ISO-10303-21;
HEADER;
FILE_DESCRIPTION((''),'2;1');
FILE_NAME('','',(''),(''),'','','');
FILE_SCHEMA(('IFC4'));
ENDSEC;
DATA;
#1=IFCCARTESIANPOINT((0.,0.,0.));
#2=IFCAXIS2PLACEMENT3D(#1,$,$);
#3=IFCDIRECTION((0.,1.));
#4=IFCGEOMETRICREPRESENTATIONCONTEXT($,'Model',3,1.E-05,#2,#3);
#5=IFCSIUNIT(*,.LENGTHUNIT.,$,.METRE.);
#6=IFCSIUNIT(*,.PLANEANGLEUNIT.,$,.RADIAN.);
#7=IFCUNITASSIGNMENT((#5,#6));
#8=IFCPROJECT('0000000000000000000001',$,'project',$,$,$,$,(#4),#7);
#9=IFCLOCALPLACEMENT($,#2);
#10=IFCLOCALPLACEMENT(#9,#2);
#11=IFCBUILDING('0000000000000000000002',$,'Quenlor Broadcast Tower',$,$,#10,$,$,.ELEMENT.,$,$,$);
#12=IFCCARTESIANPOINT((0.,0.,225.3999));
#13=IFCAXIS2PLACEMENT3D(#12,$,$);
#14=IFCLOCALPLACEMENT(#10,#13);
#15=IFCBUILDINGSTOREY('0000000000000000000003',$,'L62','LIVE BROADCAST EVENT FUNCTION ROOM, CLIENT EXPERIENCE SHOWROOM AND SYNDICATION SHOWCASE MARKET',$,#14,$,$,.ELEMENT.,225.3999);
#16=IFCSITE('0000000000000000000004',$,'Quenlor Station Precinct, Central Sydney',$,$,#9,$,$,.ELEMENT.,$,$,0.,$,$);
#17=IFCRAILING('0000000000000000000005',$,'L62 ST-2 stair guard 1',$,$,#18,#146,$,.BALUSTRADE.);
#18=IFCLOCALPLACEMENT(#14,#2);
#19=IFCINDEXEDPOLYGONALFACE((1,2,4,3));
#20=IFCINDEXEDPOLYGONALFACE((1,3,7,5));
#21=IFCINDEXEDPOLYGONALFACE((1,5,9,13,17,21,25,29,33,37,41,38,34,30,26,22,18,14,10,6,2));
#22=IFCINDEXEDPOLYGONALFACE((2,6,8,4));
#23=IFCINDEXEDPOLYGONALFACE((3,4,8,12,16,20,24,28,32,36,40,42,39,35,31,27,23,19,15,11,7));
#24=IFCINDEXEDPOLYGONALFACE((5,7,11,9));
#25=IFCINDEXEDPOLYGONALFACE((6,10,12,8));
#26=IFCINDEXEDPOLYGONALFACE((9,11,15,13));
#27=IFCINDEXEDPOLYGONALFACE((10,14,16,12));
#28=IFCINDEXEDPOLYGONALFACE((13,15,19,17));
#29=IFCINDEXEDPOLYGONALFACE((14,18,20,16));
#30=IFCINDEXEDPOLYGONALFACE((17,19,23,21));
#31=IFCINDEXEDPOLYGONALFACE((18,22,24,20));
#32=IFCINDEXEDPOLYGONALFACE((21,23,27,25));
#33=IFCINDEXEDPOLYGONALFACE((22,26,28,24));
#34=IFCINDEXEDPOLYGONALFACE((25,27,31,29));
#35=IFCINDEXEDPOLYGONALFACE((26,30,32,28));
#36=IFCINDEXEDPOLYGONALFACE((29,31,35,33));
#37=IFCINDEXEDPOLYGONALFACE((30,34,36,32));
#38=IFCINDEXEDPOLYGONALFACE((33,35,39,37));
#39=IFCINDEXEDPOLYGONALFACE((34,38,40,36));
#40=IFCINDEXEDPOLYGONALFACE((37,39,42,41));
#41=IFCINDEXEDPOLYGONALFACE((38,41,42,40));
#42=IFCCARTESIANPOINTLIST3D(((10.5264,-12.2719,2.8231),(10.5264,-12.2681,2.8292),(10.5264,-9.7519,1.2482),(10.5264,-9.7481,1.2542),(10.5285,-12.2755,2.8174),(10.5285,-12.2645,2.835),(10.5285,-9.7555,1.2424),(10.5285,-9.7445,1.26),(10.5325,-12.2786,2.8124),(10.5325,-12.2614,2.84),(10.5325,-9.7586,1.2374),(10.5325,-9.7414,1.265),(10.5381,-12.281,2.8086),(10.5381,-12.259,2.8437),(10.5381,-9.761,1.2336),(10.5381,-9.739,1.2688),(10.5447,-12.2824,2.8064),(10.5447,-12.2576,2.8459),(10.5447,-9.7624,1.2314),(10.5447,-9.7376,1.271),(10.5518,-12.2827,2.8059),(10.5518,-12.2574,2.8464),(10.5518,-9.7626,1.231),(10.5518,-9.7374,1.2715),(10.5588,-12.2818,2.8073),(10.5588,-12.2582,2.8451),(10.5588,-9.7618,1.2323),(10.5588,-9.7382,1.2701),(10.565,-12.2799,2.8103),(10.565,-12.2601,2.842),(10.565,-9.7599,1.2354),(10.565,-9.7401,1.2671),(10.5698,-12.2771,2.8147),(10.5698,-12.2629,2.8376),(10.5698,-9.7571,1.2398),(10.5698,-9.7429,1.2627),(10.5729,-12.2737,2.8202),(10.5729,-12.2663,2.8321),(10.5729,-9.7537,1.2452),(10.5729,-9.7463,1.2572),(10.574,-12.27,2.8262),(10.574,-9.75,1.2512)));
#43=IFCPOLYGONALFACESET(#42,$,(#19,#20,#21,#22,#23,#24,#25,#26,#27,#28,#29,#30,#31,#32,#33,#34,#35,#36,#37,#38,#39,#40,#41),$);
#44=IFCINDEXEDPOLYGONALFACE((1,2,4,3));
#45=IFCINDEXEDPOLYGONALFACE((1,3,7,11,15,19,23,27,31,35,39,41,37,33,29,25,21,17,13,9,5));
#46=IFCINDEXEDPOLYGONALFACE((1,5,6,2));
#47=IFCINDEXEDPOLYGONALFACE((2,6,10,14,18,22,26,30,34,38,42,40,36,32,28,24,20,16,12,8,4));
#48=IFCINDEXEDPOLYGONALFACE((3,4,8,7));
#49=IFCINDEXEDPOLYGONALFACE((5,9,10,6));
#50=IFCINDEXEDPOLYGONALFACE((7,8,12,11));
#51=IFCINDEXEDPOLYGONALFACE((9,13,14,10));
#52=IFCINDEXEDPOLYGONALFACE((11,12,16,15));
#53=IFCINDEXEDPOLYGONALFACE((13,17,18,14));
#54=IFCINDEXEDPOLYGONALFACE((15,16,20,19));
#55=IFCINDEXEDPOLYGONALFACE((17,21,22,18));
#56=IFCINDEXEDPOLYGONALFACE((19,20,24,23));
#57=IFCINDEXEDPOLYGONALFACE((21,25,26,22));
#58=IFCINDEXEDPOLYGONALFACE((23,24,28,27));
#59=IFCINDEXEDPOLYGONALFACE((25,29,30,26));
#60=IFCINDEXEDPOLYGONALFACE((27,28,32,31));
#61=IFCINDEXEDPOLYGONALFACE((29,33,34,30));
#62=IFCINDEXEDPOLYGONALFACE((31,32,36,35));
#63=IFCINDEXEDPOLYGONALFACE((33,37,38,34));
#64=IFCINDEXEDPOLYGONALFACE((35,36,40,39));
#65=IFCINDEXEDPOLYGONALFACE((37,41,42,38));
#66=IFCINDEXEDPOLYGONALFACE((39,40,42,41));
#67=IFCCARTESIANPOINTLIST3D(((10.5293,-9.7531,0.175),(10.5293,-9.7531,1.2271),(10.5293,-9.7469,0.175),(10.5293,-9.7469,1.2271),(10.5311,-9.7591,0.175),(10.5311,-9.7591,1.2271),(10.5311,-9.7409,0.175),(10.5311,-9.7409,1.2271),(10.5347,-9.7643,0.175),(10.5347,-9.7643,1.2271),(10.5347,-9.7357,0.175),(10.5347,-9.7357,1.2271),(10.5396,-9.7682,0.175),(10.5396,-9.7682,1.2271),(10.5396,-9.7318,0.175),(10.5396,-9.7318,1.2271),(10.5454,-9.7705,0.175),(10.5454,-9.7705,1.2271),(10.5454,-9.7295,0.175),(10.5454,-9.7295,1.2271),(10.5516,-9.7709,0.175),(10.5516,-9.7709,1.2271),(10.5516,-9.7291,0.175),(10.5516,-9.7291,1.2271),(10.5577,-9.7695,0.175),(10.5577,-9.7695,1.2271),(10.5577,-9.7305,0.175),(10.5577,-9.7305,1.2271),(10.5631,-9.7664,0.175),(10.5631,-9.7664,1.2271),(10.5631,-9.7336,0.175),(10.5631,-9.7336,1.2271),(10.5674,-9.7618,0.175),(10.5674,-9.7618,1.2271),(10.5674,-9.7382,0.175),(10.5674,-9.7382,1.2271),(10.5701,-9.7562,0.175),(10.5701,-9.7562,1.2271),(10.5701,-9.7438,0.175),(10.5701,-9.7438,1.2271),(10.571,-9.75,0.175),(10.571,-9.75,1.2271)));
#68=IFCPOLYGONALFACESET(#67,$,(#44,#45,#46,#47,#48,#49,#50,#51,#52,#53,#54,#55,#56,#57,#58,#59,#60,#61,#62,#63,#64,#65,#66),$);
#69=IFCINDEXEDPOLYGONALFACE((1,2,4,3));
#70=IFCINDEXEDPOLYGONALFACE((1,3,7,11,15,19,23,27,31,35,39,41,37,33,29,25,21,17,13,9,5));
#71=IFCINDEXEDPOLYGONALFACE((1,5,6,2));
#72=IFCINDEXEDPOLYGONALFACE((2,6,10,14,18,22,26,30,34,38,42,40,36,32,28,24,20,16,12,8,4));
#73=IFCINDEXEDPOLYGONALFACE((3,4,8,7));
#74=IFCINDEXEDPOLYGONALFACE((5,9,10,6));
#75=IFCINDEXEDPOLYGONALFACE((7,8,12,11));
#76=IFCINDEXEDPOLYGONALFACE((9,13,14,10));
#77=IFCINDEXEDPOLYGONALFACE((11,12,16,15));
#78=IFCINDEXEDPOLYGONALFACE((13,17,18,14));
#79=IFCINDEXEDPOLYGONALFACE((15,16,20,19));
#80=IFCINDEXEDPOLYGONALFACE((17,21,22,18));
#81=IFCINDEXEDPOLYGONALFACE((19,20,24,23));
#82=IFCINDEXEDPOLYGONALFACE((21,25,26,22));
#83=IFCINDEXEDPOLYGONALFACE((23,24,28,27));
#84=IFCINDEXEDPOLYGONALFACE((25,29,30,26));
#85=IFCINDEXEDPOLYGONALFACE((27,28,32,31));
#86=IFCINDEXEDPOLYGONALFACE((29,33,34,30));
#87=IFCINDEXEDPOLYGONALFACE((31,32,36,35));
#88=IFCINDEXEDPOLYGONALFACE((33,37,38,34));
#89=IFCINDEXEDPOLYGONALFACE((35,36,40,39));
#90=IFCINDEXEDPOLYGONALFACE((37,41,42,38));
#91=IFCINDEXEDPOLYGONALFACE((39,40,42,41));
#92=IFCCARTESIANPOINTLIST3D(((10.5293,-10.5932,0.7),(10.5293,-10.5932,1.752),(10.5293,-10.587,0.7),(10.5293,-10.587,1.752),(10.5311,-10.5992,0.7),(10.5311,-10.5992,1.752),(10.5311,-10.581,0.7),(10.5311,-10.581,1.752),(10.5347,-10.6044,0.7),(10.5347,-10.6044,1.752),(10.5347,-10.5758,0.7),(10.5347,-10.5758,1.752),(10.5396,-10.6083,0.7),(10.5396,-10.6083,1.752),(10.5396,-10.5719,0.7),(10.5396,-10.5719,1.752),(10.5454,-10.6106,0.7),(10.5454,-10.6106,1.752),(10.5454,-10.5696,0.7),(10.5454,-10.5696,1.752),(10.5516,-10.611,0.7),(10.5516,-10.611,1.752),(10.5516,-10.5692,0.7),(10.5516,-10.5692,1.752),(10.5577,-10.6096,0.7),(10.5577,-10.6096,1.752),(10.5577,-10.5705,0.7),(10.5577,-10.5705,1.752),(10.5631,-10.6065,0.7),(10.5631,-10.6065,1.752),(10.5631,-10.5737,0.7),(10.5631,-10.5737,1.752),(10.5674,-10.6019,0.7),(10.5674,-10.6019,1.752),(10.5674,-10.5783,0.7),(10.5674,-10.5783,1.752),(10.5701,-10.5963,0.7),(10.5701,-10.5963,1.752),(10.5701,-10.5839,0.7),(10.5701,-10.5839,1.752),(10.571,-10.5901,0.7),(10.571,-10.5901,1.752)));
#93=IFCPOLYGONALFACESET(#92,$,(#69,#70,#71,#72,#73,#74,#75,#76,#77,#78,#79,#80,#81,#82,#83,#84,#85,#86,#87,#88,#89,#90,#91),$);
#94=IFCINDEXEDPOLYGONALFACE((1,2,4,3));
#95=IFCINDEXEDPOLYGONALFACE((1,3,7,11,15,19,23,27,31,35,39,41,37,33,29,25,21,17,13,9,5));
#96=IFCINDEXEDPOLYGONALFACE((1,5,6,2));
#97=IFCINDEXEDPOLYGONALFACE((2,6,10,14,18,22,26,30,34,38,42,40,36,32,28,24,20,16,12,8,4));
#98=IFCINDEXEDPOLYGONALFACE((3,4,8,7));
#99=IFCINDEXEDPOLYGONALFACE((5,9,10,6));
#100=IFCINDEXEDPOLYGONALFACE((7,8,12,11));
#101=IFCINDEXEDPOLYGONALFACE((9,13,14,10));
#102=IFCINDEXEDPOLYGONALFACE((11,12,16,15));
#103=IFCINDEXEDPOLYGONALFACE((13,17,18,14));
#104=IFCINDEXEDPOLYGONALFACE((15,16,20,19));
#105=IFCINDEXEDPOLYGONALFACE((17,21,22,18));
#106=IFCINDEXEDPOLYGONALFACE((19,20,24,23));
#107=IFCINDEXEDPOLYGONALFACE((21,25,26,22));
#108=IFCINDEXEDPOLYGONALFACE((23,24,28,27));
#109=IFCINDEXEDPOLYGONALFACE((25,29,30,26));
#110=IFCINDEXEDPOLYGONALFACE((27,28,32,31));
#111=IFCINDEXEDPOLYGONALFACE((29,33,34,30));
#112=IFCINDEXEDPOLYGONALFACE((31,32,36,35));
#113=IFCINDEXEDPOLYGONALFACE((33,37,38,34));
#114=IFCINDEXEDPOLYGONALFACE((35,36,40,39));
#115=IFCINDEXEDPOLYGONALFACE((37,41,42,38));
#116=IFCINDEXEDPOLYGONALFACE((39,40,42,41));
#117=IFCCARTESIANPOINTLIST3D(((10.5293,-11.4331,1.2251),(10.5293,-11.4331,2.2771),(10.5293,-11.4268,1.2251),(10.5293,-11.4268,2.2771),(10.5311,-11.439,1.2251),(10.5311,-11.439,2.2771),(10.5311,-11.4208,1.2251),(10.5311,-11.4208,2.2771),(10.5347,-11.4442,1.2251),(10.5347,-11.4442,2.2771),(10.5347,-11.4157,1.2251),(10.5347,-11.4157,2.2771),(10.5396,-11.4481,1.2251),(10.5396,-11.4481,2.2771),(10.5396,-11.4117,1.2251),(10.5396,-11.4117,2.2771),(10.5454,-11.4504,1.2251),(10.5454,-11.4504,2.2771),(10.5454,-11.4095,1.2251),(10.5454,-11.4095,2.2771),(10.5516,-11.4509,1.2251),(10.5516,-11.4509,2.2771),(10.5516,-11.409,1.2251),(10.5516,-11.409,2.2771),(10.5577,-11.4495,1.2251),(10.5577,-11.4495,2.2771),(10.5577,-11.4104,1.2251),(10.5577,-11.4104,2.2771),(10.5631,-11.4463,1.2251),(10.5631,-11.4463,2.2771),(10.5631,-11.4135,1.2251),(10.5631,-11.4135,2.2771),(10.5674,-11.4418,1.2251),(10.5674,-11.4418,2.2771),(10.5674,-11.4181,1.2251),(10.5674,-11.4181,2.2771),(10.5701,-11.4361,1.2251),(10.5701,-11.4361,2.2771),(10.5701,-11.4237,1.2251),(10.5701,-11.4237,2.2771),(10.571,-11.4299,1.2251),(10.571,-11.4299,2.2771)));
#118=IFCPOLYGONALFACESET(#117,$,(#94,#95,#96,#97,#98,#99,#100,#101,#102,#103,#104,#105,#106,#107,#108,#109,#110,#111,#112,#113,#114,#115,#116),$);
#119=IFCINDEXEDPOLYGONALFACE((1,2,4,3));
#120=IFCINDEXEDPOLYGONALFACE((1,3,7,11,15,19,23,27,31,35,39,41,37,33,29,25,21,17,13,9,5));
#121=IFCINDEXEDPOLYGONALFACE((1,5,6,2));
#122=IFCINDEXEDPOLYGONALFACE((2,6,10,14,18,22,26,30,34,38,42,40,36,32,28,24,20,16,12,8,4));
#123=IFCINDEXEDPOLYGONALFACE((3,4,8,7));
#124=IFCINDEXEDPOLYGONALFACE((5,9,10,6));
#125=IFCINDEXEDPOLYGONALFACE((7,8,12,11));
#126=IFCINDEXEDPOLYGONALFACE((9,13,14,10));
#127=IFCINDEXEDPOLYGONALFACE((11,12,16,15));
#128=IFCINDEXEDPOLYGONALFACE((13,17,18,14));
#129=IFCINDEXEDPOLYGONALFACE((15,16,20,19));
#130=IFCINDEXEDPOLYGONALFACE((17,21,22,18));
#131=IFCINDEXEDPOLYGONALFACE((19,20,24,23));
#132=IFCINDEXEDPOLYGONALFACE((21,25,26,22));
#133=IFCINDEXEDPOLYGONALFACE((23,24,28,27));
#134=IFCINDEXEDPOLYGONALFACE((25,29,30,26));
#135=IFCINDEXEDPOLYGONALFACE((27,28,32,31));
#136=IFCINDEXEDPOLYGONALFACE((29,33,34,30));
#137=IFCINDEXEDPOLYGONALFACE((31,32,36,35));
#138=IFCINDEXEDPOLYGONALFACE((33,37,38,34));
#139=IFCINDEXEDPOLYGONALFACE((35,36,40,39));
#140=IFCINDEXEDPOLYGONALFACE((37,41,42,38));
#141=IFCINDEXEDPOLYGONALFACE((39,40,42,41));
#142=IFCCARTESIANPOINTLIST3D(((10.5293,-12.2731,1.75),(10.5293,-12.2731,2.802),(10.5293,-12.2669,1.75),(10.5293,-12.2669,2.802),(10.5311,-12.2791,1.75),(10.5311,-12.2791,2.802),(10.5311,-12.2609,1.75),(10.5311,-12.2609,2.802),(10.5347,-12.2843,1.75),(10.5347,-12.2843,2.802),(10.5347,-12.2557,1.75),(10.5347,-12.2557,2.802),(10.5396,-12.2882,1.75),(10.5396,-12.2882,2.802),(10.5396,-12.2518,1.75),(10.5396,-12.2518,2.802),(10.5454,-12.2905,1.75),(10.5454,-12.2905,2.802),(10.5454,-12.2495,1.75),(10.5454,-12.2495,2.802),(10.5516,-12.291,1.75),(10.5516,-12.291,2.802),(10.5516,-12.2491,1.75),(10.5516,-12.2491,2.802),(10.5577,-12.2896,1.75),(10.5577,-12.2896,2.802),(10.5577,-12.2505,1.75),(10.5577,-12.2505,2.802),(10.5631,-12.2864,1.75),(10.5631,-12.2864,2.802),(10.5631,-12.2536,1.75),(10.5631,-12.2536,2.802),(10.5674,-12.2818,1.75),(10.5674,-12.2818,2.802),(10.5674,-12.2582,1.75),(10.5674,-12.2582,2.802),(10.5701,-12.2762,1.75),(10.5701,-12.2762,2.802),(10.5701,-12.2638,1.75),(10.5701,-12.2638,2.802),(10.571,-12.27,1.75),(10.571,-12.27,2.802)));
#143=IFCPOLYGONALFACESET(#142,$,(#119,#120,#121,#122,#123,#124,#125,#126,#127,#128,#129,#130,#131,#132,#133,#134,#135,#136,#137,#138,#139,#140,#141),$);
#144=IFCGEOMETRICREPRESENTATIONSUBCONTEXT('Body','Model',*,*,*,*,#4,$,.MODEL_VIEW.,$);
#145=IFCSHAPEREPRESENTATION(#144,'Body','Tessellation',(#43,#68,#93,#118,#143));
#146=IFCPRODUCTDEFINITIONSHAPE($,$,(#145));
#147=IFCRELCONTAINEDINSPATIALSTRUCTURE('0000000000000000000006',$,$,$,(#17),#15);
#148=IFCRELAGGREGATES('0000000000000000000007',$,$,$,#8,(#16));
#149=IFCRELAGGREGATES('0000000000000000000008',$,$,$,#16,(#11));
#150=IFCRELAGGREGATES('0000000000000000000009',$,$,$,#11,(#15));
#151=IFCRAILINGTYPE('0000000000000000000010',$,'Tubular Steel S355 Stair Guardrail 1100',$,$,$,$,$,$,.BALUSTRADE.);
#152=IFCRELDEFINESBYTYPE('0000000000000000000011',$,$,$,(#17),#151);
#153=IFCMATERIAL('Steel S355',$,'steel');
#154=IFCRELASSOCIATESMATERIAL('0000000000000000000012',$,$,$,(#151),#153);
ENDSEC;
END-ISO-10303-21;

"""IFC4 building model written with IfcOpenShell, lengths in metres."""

from ifc_helpers import new_model, si_unit, direction, frame, origin, origin_2d, place, context, subcontext, project, spatial, circle, extrude, material, type_object, element, save


model = new_model("IFC4")

# Units and contexts
model_context = context("Model", 3, precision=1e-05, world=origin(), true_north=direction((0.0, 1.0)))
body_context = subcontext(model_context, "Body", "Model", "MODEL_VIEW")
ifc_project = project(units=[si_unit("LENGTHUNIT", "METRE"), si_unit("PLANEANGLEUNIT", "RADIAN")], contexts=[model_context])

# Site, building, storey
site_placement = place(None, origin())
site = spatial("IfcSite", under=ifc_project, at=site_placement, Name="Quenlor Station Precinct, Central Sydney", CompositionType="ELEMENT", RefElevation=0.0)
building_placement = place(site_placement, origin())
building = spatial("IfcBuilding", under=site, at=building_placement, Name="Quenlor Broadcast Tower", CompositionType="ELEMENT")
storey_placement = place(building_placement, frame((0.0, 0.0, 225.3999)))
storey = spatial("IfcBuildingStorey", under=building, at=storey_placement, Name="L62", Description="LIVE BROADCAST EVENT FUNCTION ROOM, CLIENT EXPERIENCE SHOWROOM AND SYNDICATION SHOWCASE MARKET", CompositionType="ELEMENT", Elevation=225.3999)

# Railing
ifc_material_1 = material(Name="Steel S355", Category="steel")
railing_type_1 = type_object("IfcRailingType", Name="Tubular Steel S355 Stair Guardrail 1100", PredefinedType="BALUSTRADE", material=ifc_material_1)
railing_1_placement = place(storey_placement, frame((10.55, -9.75, 0.175)))
element("IfcRailing", 1, at=railing_1_placement, inside=storey, type_object=railing_type_1, Name="L62 ST-2 stair guard 1", PredefinedType="BALUSTRADE", context=body_context, shape_type="SweptSolid", body=[
    extrude(circle(Radius=0.0239, at=origin_2d()), frame((0.0, 0.0, 1.0762), z_axis=(0.0, -0.848008, 0.529984), x_axis=(1.0, 0.0, 0.0)), (0.0, 0.0, 1.0), 2.9717),
    extrude(circle(Radius=0.021, at=origin_2d()), origin(), (0.0, 0.0, 1.0), 1.052),
    extrude(circle(Radius=0.021, at=origin_2d()), frame((0.0, -0.8401, 0.5249)), (0.0, 0.0, 1.0), 1.052),
    extrude(circle(Radius=0.021, at=origin_2d()), frame((0.0, -1.6799, 1.05)), (0.0, 0.0, 1.0), 1.052),
    extrude(circle(Radius=0.021, at=origin_2d()), frame((0.0, -2.52, 1.575)), (0.0, 0.0, 1.0), 1.052),
])

save(model, "model.ifc")
